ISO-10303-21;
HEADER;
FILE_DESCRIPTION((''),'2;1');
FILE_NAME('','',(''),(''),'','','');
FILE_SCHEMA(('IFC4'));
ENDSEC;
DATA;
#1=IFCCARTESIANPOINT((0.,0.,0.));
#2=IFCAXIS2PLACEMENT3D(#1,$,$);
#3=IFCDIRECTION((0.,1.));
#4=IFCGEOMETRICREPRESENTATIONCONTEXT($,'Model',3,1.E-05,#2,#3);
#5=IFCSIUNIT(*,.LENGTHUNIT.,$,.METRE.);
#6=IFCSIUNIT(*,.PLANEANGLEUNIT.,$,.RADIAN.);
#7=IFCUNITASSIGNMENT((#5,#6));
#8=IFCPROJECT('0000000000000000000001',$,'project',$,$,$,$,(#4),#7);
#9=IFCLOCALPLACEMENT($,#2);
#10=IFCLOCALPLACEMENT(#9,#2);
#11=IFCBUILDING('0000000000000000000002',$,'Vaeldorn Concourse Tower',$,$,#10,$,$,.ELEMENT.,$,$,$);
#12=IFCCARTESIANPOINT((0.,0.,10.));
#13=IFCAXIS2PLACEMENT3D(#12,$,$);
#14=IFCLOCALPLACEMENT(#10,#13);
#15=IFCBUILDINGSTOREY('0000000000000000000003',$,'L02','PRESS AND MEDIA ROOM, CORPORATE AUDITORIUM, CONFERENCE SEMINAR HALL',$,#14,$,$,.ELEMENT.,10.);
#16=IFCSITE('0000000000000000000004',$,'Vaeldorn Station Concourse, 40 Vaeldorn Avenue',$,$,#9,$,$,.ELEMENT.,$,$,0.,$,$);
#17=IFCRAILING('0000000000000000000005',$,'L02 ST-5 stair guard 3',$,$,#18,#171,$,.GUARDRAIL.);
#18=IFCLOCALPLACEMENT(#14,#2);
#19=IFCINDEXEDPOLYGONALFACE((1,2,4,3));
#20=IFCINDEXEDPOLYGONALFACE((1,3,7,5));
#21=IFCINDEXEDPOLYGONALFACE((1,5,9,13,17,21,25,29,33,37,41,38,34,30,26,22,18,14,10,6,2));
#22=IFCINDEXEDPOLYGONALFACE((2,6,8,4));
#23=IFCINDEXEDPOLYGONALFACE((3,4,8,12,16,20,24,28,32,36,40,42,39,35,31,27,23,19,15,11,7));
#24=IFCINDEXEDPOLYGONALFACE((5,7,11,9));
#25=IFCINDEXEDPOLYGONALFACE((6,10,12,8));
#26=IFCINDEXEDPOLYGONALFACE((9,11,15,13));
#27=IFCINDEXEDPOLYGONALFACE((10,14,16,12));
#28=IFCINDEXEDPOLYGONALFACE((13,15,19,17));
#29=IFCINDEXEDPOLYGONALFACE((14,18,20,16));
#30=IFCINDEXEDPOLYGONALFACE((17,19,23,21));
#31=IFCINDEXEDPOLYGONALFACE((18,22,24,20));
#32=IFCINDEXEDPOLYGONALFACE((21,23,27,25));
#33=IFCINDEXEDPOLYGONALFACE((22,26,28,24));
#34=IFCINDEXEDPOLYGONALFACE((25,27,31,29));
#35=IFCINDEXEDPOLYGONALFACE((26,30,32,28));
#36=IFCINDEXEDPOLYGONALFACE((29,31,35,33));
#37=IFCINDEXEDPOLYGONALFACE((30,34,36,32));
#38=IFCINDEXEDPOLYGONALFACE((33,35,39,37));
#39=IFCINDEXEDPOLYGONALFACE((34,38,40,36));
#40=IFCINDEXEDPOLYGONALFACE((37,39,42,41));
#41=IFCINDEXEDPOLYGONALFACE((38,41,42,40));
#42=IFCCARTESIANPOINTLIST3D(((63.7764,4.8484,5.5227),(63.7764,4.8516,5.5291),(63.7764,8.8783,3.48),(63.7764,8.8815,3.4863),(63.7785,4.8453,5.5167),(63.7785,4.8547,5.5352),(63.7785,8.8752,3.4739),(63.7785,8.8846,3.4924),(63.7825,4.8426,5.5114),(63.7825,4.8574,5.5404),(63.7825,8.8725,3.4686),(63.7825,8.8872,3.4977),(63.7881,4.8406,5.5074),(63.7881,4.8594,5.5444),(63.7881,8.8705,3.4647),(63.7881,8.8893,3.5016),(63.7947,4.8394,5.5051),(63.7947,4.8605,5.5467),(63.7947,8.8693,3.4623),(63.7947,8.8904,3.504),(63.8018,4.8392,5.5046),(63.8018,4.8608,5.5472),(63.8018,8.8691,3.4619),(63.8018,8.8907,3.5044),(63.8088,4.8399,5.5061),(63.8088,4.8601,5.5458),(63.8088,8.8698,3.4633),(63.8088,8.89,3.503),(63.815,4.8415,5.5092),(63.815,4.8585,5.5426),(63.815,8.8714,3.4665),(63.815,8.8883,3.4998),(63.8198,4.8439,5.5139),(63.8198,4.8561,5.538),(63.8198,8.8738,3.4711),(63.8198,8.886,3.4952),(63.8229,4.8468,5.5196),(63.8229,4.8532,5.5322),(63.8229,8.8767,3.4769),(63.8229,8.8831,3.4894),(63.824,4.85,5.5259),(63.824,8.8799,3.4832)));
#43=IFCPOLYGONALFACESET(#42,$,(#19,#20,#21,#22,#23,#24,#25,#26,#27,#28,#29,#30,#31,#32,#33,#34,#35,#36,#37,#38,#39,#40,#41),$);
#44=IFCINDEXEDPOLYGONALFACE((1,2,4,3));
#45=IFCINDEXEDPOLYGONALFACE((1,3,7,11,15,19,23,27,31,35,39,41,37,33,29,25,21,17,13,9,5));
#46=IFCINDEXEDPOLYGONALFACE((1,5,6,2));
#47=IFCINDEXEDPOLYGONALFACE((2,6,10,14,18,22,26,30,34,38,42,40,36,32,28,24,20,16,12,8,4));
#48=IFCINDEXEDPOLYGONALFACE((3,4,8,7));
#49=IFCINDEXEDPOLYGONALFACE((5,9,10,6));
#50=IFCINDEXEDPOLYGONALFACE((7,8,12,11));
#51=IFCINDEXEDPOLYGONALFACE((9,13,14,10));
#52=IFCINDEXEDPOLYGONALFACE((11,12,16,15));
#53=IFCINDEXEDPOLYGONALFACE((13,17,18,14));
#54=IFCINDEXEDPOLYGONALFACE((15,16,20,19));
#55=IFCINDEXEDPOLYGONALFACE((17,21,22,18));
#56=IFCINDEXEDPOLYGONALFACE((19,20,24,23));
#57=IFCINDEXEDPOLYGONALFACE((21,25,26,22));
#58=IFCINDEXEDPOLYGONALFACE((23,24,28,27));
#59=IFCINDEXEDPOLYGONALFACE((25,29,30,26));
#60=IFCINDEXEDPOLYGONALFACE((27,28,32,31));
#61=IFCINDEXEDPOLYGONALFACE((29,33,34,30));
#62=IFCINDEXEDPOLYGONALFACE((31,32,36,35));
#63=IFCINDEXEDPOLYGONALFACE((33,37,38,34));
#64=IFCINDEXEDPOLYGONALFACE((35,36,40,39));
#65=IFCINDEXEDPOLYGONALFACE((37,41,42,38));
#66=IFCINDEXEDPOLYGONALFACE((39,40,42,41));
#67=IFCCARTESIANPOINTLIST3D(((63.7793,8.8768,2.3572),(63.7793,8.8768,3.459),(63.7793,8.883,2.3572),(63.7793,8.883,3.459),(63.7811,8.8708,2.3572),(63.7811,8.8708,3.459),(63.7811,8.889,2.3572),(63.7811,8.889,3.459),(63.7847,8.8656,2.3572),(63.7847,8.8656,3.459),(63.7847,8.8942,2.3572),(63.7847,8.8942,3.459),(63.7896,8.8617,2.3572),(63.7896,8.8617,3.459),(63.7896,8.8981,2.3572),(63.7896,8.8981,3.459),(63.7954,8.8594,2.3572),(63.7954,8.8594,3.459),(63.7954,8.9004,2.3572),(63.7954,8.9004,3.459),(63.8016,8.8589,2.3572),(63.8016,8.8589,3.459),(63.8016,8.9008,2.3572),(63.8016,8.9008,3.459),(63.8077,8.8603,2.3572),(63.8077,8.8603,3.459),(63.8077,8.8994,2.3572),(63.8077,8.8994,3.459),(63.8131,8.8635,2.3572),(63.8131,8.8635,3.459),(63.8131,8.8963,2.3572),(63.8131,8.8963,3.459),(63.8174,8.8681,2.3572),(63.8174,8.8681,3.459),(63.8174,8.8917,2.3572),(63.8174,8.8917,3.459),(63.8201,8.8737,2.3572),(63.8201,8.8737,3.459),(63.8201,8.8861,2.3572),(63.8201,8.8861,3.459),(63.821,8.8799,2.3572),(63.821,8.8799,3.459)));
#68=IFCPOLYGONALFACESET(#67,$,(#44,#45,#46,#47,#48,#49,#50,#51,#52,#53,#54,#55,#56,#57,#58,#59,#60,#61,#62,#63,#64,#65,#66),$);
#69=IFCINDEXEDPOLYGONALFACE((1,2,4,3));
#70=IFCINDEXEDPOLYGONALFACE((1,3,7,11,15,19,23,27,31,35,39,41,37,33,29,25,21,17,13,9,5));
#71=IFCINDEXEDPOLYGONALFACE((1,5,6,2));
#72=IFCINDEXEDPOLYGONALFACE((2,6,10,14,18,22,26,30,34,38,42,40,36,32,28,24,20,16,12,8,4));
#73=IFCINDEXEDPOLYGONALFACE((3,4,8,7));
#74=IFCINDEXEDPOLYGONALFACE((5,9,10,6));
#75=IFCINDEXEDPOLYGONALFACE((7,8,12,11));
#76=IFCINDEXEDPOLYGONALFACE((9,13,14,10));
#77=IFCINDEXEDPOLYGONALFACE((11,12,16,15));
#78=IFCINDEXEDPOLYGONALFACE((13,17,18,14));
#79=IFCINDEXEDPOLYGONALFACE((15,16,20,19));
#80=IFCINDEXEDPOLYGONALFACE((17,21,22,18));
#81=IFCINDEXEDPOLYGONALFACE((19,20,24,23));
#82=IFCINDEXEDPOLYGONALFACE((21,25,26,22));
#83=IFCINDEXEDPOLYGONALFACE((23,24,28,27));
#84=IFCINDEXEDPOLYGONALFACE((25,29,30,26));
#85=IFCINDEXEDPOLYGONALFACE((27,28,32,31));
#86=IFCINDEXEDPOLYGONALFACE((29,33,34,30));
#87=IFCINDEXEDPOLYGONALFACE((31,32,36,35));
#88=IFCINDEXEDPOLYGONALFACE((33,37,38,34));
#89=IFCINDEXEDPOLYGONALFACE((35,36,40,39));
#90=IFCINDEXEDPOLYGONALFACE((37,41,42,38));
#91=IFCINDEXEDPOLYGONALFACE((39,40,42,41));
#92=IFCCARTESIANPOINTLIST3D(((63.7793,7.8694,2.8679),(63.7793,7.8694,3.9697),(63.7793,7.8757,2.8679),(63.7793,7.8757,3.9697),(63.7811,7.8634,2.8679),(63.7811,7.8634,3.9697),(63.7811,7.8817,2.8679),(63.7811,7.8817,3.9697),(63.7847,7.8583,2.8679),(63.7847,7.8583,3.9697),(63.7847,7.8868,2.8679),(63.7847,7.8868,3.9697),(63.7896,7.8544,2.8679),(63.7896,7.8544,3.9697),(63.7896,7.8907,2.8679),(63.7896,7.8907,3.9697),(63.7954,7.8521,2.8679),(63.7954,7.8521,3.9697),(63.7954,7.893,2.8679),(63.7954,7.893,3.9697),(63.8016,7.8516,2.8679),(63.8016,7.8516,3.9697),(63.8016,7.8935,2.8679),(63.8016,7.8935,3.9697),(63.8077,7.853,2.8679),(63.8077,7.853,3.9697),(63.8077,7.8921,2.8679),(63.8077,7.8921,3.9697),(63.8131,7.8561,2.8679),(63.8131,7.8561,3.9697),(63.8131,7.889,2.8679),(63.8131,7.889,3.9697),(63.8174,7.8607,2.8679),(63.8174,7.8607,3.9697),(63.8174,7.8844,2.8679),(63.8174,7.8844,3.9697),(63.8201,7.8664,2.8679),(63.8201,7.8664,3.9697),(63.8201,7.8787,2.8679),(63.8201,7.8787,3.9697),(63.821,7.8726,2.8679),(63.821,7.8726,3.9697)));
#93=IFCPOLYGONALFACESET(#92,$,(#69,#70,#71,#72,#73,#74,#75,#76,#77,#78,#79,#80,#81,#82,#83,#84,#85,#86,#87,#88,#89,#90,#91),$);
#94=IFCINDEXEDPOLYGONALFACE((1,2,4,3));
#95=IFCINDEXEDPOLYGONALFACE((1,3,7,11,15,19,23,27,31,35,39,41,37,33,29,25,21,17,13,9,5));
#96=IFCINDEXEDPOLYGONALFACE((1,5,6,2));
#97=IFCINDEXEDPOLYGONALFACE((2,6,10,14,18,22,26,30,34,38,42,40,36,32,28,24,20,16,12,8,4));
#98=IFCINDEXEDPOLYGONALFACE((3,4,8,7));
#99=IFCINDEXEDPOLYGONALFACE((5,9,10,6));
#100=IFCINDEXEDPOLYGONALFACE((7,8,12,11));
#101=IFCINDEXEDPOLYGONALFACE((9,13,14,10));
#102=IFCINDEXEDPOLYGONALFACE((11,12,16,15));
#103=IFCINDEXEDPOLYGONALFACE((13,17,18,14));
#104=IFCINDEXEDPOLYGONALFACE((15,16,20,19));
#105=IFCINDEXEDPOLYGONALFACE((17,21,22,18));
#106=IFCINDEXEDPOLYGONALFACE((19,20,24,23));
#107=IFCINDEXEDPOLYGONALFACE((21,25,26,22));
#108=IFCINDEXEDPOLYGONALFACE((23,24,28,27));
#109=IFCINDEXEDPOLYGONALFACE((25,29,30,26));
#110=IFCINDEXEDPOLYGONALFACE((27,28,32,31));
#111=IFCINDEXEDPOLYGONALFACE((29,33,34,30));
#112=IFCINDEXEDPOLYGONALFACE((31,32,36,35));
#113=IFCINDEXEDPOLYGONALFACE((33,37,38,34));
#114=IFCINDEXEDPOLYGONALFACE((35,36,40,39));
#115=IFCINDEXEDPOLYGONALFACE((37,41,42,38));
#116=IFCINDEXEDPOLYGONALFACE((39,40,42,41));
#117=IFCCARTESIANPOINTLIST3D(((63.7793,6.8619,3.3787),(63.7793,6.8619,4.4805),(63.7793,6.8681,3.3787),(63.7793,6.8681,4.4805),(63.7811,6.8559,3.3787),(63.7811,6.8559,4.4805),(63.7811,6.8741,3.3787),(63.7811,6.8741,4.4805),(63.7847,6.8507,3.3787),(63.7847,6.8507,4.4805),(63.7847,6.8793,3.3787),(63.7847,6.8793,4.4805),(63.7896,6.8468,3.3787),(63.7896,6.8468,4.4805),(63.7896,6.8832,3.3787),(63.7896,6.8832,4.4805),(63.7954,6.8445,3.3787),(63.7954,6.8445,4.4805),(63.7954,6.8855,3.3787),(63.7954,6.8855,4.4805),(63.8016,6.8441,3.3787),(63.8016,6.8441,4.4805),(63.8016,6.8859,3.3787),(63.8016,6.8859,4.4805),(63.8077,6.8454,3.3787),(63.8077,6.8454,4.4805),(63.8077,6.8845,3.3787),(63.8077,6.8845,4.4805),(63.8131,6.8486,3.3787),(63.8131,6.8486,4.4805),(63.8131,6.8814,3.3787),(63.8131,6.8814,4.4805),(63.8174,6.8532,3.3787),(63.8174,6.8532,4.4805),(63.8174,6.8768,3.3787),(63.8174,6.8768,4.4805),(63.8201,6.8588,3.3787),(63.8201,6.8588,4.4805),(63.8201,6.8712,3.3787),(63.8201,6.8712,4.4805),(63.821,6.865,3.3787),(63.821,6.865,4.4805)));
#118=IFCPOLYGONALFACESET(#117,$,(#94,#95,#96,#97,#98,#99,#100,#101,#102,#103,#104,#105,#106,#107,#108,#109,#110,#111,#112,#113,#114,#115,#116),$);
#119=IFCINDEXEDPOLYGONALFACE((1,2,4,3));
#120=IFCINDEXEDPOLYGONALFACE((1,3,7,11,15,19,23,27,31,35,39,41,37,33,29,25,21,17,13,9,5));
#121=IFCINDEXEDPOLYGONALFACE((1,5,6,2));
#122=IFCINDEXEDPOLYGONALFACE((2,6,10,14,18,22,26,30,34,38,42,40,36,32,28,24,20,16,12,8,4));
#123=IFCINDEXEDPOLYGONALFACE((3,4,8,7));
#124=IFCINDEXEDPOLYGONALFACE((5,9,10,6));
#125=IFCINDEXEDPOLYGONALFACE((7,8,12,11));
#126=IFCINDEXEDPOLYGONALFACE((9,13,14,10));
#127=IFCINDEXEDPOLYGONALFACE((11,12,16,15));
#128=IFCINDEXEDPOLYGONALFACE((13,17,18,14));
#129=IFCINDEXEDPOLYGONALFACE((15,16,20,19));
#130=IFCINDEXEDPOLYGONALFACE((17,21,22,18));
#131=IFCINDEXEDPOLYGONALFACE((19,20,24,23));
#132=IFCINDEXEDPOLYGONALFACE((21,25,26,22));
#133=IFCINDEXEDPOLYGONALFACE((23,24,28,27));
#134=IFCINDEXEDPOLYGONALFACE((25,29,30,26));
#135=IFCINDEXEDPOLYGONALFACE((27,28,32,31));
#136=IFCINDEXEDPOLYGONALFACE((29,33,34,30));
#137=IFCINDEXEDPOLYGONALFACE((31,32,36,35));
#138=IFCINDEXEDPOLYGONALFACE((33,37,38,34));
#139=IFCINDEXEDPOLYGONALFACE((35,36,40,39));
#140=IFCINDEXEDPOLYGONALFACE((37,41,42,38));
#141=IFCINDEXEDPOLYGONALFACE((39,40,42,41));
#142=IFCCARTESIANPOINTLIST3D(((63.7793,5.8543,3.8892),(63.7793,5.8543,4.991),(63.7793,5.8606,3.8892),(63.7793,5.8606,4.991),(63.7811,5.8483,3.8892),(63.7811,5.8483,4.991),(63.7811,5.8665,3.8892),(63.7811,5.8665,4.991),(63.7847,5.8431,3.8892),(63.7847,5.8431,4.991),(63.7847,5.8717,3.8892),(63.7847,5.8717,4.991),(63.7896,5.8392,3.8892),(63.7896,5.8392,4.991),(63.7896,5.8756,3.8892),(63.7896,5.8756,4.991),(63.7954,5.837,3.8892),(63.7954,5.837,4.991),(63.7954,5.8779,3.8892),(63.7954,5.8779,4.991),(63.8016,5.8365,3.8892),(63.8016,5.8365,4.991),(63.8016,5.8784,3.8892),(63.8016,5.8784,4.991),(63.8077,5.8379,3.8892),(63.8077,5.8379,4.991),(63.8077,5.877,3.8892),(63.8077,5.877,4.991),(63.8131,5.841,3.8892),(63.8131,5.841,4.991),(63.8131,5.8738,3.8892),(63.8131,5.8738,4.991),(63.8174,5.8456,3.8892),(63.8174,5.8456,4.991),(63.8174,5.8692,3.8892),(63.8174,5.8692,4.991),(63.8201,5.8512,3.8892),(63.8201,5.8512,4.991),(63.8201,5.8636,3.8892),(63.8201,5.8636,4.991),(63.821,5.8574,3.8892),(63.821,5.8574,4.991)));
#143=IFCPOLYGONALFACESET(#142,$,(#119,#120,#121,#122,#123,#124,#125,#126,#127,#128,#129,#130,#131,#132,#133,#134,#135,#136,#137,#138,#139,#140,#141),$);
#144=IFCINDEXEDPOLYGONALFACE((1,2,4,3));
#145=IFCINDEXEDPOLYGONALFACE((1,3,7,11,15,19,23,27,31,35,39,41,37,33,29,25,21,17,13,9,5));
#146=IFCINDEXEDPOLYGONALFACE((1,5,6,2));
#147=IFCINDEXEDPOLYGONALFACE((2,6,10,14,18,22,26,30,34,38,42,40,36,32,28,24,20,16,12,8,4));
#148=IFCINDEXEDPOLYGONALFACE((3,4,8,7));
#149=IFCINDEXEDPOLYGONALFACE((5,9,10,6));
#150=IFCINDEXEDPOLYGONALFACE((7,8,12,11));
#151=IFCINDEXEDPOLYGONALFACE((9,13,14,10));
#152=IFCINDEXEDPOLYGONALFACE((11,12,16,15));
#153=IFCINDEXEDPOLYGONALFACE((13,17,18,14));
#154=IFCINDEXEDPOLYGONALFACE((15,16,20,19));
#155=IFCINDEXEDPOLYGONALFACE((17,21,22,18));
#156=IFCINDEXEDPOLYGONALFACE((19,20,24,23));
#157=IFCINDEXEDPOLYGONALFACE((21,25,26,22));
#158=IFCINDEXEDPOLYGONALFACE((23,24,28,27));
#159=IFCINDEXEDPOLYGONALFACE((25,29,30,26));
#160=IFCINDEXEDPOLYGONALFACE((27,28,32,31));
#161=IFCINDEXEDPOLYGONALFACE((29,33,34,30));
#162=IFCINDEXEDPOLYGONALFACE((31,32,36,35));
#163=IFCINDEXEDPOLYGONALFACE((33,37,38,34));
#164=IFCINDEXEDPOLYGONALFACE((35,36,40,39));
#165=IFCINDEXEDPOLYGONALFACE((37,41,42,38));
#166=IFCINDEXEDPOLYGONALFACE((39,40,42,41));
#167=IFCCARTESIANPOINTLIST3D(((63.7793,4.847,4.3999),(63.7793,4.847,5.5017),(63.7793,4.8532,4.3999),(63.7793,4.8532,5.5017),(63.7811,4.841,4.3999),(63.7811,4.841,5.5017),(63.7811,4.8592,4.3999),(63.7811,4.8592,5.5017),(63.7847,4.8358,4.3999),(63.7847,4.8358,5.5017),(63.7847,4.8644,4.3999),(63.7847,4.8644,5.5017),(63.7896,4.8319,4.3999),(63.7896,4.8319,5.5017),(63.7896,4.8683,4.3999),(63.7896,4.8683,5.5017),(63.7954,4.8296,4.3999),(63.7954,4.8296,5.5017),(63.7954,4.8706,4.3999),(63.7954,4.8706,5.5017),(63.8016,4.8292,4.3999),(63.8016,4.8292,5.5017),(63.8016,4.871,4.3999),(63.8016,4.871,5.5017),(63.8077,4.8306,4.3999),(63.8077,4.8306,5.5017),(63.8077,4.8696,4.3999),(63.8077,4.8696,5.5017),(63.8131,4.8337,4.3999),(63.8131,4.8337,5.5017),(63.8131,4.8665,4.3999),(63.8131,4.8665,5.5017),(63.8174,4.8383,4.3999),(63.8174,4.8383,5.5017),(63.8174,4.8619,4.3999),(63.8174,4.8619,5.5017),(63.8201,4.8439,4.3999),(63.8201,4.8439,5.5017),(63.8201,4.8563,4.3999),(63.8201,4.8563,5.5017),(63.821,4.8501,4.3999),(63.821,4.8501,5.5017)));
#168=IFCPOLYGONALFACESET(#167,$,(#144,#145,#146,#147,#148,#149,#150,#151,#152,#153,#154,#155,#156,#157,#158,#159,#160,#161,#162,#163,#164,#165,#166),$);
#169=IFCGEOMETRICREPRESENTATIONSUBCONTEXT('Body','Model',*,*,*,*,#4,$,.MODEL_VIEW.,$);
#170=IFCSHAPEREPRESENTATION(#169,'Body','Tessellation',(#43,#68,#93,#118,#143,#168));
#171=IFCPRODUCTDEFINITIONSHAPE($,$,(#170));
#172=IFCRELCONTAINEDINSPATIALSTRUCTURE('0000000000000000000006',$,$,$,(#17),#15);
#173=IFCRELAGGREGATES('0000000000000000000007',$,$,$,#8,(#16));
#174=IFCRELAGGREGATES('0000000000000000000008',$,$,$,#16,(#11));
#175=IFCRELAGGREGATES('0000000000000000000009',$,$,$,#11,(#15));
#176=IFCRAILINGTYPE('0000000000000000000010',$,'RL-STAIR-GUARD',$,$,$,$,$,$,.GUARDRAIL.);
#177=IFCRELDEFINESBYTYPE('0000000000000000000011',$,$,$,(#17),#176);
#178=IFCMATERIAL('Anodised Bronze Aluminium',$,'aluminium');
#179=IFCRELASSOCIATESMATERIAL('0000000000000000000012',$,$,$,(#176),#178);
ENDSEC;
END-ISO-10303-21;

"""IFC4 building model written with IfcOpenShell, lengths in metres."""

from ifc_helpers import new_model, si_unit, direction, frame, origin, origin_2d, place, context, subcontext, project, spatial, circle, extrude, material, type_object, element, save


model = new_model("IFC4")

# Units and contexts
model_context = context("Model", 3, precision=1e-05, world=origin(), true_north=direction((0.0, 1.0)))
body_context = subcontext(model_context, "Body", "Model", "MODEL_VIEW")
ifc_project = project(units=[si_unit("LENGTHUNIT", "METRE"), si_unit("PLANEANGLEUNIT", "RADIAN")], contexts=[model_context])

# Site, building, storey
site_placement = place(None, origin())
site = spatial("IfcSite", under=ifc_project, at=site_placement, Name="Vaeldorn Station Concourse, 40 Vaeldorn Avenue", CompositionType="ELEMENT", RefElevation=0.0)
building_placement = place(site_placement, origin())
building = spatial("IfcBuilding", under=site, at=building_placement, Name="Vaeldorn Concourse Tower", CompositionType="ELEMENT")
storey_placement = place(building_placement, frame((0.0, 0.0, 10.0)))
storey = spatial("IfcBuildingStorey", under=building, at=storey_placement, Name="L02", Description="PRESS AND MEDIA ROOM, CORPORATE AUDITORIUM, CONFERENCE SEMINAR HALL", CompositionType="ELEMENT", Elevation=10.0)

# Shared definitions
ifc_material_1 = material(Name="Anodised Bronze Aluminium", Category="aluminium")

# Railing
railing_type = type_object("IfcRailingType", Name="RL-STAIR-GUARD", PredefinedType="GUARDRAIL", material=ifc_material_1)
railing_1_placement = place(storey_placement, frame((63.8, 8.8799, 2.3572)))
element("IfcRailing", 1, at=railing_1_placement, inside=storey, type_object=railing_type, Name="L02 ST-5 stair guard 3", PredefinedType="GUARDRAIL", context=body_context, shape_type="SweptSolid", body=[
    extrude(circle(Radius=0.0239, at=origin_2d()), frame((0.0, 0.0, 1.126), z_axis=(0.0, -0.891949, 0.452135), x_axis=(1.0, 0.0, 0.0)), (0.0, 0.0, 1.0), 4.5181),
    extrude(circle(Radius=0.021, at=origin_2d()), origin(), (0.0, 0.0, 1.0), 1.1018),
    extrude(circle(Radius=0.021, at=origin_2d()), frame((0.0, -1.0073, 0.5107)), (0.0, 0.0, 1.0), 1.1018),
    extrude(circle(Radius=0.021, at=origin_2d()), frame((0.0, -2.0149, 1.0215)), (0.0, 0.0, 1.0), 1.1018),
    extrude(circle(Radius=0.021, at=origin_2d()), frame((0.0, -3.0225, 1.532)), (0.0, 0.0, 1.0), 1.1018),
    extrude(circle(Radius=0.021, at=origin_2d()), frame((0.0, -4.0298, 2.0427)), (0.0, 0.0, 1.0), 1.1018),
])

save(model, "model.ifc")
